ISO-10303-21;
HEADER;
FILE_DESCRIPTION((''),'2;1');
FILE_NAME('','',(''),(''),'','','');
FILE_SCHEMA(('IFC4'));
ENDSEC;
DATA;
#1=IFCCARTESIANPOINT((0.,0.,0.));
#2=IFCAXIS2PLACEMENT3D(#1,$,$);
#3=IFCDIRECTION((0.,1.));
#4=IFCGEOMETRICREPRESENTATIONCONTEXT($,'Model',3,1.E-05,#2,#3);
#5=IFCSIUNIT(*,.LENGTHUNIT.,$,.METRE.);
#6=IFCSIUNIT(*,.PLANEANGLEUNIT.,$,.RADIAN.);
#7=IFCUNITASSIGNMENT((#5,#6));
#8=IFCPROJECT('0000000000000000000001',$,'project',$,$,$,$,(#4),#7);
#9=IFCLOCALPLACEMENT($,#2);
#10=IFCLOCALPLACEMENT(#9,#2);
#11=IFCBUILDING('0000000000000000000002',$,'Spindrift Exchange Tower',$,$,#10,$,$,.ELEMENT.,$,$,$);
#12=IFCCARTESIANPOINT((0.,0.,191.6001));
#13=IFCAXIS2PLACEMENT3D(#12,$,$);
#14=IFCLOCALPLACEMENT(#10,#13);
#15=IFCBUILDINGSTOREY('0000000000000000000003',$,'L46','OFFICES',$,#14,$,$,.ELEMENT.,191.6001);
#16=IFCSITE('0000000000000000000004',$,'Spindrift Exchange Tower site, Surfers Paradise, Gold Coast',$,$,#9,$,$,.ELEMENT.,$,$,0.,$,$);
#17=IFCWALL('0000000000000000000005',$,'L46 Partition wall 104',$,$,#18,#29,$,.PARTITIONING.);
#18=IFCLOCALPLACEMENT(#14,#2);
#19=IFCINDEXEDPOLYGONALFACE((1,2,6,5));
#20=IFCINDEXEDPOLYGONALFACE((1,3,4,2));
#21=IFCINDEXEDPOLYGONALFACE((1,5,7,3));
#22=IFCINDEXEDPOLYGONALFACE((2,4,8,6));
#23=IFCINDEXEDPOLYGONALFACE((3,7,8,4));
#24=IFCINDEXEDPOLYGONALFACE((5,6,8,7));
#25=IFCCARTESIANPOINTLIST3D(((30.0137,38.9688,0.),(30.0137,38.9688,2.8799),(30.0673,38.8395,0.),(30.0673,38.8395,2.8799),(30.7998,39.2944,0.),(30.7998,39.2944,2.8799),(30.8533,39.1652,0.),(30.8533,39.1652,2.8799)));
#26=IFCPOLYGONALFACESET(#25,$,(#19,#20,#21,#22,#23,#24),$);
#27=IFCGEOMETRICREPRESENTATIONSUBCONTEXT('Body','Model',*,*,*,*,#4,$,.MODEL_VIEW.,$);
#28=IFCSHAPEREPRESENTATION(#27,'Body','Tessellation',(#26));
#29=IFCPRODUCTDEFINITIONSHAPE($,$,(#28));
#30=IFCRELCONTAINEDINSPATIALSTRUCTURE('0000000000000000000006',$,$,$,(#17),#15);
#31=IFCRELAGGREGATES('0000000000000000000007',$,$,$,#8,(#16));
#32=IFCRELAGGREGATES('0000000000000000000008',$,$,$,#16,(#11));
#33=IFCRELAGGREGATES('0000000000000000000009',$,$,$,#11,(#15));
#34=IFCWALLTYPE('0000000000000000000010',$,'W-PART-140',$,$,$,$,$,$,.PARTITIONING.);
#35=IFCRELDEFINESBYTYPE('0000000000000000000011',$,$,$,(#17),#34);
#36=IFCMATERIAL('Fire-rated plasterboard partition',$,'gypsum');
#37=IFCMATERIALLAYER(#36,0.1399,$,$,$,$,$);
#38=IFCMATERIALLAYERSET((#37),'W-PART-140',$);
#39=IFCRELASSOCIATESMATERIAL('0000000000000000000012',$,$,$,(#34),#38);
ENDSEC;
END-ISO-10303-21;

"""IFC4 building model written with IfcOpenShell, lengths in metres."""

from ifc_helpers import new_model, si_unit, direction, frame, frame_2d, origin, place, context, subcontext, project, spatial, rectangle, extrude, material, layer, layer_set, type_object, element, save


model = new_model("IFC4")

# Units and contexts
model_context = context("Model", 3, precision=1e-05, world=origin(), true_north=direction((0.0, 1.0)))
body_context = subcontext(model_context, "Body", "Model", "MODEL_VIEW")
ifc_project = project(units=[si_unit("LENGTHUNIT", "METRE"), si_unit("PLANEANGLEUNIT", "RADIAN")], contexts=[model_context])

# Site, building, storey
site_placement = place(None, origin())
site = spatial("IfcSite", under=ifc_project, at=site_placement, Name="Spindrift Exchange Tower site, Surfers Paradise, Gold Coast", CompositionType="ELEMENT", RefElevation=0.0)
building_placement = place(site_placement, origin())
building = spatial("IfcBuilding", under=site, at=building_placement, Name="Spindrift Exchange Tower", CompositionType="ELEMENT")
storey_placement = place(building_placement, frame((0.0, 0.0, 191.6001)))
storey = spatial("IfcBuildingStorey", under=building, at=storey_placement, Name="L46", Description="OFFICES", CompositionType="ELEMENT", Elevation=191.6001)

# Shared definitions
ifc_material_1 = material(Name="Fire-rated plasterboard partition", Category="gypsum")
ifc_layer_1 = layer(ifc_material_1, 0.1399)
ifc_layer_set_1 = layer_set([ifc_layer_1], Name="W-PART-140")
wall_type = type_object("IfcWallType", Name="W-PART-140", PredefinedType="PARTITIONING", material=ifc_layer_set_1)

# Wall
wall_1_placement = place(storey_placement, frame((30.8264, 39.2297, 0.0), z_axis=(0.0, 0.0, 1.0), x_axis=(-0.923856, -0.38274, 0.0)))
element("IfcWall", 1, at=wall_1_placement, inside=storey, type_object=wall_type, Name="L46 Partition wall 104", PredefinedType="PARTITIONING", context=body_context, shape_type="SweptSolid", body=[
    extrude(rectangle(XDim=0.8508, YDim=0.1399, at=frame_2d((0.4253, 0.0))), origin(), (0.0, 0.0, 1.0), 2.8799),
])

save(model, "model.ifc")
